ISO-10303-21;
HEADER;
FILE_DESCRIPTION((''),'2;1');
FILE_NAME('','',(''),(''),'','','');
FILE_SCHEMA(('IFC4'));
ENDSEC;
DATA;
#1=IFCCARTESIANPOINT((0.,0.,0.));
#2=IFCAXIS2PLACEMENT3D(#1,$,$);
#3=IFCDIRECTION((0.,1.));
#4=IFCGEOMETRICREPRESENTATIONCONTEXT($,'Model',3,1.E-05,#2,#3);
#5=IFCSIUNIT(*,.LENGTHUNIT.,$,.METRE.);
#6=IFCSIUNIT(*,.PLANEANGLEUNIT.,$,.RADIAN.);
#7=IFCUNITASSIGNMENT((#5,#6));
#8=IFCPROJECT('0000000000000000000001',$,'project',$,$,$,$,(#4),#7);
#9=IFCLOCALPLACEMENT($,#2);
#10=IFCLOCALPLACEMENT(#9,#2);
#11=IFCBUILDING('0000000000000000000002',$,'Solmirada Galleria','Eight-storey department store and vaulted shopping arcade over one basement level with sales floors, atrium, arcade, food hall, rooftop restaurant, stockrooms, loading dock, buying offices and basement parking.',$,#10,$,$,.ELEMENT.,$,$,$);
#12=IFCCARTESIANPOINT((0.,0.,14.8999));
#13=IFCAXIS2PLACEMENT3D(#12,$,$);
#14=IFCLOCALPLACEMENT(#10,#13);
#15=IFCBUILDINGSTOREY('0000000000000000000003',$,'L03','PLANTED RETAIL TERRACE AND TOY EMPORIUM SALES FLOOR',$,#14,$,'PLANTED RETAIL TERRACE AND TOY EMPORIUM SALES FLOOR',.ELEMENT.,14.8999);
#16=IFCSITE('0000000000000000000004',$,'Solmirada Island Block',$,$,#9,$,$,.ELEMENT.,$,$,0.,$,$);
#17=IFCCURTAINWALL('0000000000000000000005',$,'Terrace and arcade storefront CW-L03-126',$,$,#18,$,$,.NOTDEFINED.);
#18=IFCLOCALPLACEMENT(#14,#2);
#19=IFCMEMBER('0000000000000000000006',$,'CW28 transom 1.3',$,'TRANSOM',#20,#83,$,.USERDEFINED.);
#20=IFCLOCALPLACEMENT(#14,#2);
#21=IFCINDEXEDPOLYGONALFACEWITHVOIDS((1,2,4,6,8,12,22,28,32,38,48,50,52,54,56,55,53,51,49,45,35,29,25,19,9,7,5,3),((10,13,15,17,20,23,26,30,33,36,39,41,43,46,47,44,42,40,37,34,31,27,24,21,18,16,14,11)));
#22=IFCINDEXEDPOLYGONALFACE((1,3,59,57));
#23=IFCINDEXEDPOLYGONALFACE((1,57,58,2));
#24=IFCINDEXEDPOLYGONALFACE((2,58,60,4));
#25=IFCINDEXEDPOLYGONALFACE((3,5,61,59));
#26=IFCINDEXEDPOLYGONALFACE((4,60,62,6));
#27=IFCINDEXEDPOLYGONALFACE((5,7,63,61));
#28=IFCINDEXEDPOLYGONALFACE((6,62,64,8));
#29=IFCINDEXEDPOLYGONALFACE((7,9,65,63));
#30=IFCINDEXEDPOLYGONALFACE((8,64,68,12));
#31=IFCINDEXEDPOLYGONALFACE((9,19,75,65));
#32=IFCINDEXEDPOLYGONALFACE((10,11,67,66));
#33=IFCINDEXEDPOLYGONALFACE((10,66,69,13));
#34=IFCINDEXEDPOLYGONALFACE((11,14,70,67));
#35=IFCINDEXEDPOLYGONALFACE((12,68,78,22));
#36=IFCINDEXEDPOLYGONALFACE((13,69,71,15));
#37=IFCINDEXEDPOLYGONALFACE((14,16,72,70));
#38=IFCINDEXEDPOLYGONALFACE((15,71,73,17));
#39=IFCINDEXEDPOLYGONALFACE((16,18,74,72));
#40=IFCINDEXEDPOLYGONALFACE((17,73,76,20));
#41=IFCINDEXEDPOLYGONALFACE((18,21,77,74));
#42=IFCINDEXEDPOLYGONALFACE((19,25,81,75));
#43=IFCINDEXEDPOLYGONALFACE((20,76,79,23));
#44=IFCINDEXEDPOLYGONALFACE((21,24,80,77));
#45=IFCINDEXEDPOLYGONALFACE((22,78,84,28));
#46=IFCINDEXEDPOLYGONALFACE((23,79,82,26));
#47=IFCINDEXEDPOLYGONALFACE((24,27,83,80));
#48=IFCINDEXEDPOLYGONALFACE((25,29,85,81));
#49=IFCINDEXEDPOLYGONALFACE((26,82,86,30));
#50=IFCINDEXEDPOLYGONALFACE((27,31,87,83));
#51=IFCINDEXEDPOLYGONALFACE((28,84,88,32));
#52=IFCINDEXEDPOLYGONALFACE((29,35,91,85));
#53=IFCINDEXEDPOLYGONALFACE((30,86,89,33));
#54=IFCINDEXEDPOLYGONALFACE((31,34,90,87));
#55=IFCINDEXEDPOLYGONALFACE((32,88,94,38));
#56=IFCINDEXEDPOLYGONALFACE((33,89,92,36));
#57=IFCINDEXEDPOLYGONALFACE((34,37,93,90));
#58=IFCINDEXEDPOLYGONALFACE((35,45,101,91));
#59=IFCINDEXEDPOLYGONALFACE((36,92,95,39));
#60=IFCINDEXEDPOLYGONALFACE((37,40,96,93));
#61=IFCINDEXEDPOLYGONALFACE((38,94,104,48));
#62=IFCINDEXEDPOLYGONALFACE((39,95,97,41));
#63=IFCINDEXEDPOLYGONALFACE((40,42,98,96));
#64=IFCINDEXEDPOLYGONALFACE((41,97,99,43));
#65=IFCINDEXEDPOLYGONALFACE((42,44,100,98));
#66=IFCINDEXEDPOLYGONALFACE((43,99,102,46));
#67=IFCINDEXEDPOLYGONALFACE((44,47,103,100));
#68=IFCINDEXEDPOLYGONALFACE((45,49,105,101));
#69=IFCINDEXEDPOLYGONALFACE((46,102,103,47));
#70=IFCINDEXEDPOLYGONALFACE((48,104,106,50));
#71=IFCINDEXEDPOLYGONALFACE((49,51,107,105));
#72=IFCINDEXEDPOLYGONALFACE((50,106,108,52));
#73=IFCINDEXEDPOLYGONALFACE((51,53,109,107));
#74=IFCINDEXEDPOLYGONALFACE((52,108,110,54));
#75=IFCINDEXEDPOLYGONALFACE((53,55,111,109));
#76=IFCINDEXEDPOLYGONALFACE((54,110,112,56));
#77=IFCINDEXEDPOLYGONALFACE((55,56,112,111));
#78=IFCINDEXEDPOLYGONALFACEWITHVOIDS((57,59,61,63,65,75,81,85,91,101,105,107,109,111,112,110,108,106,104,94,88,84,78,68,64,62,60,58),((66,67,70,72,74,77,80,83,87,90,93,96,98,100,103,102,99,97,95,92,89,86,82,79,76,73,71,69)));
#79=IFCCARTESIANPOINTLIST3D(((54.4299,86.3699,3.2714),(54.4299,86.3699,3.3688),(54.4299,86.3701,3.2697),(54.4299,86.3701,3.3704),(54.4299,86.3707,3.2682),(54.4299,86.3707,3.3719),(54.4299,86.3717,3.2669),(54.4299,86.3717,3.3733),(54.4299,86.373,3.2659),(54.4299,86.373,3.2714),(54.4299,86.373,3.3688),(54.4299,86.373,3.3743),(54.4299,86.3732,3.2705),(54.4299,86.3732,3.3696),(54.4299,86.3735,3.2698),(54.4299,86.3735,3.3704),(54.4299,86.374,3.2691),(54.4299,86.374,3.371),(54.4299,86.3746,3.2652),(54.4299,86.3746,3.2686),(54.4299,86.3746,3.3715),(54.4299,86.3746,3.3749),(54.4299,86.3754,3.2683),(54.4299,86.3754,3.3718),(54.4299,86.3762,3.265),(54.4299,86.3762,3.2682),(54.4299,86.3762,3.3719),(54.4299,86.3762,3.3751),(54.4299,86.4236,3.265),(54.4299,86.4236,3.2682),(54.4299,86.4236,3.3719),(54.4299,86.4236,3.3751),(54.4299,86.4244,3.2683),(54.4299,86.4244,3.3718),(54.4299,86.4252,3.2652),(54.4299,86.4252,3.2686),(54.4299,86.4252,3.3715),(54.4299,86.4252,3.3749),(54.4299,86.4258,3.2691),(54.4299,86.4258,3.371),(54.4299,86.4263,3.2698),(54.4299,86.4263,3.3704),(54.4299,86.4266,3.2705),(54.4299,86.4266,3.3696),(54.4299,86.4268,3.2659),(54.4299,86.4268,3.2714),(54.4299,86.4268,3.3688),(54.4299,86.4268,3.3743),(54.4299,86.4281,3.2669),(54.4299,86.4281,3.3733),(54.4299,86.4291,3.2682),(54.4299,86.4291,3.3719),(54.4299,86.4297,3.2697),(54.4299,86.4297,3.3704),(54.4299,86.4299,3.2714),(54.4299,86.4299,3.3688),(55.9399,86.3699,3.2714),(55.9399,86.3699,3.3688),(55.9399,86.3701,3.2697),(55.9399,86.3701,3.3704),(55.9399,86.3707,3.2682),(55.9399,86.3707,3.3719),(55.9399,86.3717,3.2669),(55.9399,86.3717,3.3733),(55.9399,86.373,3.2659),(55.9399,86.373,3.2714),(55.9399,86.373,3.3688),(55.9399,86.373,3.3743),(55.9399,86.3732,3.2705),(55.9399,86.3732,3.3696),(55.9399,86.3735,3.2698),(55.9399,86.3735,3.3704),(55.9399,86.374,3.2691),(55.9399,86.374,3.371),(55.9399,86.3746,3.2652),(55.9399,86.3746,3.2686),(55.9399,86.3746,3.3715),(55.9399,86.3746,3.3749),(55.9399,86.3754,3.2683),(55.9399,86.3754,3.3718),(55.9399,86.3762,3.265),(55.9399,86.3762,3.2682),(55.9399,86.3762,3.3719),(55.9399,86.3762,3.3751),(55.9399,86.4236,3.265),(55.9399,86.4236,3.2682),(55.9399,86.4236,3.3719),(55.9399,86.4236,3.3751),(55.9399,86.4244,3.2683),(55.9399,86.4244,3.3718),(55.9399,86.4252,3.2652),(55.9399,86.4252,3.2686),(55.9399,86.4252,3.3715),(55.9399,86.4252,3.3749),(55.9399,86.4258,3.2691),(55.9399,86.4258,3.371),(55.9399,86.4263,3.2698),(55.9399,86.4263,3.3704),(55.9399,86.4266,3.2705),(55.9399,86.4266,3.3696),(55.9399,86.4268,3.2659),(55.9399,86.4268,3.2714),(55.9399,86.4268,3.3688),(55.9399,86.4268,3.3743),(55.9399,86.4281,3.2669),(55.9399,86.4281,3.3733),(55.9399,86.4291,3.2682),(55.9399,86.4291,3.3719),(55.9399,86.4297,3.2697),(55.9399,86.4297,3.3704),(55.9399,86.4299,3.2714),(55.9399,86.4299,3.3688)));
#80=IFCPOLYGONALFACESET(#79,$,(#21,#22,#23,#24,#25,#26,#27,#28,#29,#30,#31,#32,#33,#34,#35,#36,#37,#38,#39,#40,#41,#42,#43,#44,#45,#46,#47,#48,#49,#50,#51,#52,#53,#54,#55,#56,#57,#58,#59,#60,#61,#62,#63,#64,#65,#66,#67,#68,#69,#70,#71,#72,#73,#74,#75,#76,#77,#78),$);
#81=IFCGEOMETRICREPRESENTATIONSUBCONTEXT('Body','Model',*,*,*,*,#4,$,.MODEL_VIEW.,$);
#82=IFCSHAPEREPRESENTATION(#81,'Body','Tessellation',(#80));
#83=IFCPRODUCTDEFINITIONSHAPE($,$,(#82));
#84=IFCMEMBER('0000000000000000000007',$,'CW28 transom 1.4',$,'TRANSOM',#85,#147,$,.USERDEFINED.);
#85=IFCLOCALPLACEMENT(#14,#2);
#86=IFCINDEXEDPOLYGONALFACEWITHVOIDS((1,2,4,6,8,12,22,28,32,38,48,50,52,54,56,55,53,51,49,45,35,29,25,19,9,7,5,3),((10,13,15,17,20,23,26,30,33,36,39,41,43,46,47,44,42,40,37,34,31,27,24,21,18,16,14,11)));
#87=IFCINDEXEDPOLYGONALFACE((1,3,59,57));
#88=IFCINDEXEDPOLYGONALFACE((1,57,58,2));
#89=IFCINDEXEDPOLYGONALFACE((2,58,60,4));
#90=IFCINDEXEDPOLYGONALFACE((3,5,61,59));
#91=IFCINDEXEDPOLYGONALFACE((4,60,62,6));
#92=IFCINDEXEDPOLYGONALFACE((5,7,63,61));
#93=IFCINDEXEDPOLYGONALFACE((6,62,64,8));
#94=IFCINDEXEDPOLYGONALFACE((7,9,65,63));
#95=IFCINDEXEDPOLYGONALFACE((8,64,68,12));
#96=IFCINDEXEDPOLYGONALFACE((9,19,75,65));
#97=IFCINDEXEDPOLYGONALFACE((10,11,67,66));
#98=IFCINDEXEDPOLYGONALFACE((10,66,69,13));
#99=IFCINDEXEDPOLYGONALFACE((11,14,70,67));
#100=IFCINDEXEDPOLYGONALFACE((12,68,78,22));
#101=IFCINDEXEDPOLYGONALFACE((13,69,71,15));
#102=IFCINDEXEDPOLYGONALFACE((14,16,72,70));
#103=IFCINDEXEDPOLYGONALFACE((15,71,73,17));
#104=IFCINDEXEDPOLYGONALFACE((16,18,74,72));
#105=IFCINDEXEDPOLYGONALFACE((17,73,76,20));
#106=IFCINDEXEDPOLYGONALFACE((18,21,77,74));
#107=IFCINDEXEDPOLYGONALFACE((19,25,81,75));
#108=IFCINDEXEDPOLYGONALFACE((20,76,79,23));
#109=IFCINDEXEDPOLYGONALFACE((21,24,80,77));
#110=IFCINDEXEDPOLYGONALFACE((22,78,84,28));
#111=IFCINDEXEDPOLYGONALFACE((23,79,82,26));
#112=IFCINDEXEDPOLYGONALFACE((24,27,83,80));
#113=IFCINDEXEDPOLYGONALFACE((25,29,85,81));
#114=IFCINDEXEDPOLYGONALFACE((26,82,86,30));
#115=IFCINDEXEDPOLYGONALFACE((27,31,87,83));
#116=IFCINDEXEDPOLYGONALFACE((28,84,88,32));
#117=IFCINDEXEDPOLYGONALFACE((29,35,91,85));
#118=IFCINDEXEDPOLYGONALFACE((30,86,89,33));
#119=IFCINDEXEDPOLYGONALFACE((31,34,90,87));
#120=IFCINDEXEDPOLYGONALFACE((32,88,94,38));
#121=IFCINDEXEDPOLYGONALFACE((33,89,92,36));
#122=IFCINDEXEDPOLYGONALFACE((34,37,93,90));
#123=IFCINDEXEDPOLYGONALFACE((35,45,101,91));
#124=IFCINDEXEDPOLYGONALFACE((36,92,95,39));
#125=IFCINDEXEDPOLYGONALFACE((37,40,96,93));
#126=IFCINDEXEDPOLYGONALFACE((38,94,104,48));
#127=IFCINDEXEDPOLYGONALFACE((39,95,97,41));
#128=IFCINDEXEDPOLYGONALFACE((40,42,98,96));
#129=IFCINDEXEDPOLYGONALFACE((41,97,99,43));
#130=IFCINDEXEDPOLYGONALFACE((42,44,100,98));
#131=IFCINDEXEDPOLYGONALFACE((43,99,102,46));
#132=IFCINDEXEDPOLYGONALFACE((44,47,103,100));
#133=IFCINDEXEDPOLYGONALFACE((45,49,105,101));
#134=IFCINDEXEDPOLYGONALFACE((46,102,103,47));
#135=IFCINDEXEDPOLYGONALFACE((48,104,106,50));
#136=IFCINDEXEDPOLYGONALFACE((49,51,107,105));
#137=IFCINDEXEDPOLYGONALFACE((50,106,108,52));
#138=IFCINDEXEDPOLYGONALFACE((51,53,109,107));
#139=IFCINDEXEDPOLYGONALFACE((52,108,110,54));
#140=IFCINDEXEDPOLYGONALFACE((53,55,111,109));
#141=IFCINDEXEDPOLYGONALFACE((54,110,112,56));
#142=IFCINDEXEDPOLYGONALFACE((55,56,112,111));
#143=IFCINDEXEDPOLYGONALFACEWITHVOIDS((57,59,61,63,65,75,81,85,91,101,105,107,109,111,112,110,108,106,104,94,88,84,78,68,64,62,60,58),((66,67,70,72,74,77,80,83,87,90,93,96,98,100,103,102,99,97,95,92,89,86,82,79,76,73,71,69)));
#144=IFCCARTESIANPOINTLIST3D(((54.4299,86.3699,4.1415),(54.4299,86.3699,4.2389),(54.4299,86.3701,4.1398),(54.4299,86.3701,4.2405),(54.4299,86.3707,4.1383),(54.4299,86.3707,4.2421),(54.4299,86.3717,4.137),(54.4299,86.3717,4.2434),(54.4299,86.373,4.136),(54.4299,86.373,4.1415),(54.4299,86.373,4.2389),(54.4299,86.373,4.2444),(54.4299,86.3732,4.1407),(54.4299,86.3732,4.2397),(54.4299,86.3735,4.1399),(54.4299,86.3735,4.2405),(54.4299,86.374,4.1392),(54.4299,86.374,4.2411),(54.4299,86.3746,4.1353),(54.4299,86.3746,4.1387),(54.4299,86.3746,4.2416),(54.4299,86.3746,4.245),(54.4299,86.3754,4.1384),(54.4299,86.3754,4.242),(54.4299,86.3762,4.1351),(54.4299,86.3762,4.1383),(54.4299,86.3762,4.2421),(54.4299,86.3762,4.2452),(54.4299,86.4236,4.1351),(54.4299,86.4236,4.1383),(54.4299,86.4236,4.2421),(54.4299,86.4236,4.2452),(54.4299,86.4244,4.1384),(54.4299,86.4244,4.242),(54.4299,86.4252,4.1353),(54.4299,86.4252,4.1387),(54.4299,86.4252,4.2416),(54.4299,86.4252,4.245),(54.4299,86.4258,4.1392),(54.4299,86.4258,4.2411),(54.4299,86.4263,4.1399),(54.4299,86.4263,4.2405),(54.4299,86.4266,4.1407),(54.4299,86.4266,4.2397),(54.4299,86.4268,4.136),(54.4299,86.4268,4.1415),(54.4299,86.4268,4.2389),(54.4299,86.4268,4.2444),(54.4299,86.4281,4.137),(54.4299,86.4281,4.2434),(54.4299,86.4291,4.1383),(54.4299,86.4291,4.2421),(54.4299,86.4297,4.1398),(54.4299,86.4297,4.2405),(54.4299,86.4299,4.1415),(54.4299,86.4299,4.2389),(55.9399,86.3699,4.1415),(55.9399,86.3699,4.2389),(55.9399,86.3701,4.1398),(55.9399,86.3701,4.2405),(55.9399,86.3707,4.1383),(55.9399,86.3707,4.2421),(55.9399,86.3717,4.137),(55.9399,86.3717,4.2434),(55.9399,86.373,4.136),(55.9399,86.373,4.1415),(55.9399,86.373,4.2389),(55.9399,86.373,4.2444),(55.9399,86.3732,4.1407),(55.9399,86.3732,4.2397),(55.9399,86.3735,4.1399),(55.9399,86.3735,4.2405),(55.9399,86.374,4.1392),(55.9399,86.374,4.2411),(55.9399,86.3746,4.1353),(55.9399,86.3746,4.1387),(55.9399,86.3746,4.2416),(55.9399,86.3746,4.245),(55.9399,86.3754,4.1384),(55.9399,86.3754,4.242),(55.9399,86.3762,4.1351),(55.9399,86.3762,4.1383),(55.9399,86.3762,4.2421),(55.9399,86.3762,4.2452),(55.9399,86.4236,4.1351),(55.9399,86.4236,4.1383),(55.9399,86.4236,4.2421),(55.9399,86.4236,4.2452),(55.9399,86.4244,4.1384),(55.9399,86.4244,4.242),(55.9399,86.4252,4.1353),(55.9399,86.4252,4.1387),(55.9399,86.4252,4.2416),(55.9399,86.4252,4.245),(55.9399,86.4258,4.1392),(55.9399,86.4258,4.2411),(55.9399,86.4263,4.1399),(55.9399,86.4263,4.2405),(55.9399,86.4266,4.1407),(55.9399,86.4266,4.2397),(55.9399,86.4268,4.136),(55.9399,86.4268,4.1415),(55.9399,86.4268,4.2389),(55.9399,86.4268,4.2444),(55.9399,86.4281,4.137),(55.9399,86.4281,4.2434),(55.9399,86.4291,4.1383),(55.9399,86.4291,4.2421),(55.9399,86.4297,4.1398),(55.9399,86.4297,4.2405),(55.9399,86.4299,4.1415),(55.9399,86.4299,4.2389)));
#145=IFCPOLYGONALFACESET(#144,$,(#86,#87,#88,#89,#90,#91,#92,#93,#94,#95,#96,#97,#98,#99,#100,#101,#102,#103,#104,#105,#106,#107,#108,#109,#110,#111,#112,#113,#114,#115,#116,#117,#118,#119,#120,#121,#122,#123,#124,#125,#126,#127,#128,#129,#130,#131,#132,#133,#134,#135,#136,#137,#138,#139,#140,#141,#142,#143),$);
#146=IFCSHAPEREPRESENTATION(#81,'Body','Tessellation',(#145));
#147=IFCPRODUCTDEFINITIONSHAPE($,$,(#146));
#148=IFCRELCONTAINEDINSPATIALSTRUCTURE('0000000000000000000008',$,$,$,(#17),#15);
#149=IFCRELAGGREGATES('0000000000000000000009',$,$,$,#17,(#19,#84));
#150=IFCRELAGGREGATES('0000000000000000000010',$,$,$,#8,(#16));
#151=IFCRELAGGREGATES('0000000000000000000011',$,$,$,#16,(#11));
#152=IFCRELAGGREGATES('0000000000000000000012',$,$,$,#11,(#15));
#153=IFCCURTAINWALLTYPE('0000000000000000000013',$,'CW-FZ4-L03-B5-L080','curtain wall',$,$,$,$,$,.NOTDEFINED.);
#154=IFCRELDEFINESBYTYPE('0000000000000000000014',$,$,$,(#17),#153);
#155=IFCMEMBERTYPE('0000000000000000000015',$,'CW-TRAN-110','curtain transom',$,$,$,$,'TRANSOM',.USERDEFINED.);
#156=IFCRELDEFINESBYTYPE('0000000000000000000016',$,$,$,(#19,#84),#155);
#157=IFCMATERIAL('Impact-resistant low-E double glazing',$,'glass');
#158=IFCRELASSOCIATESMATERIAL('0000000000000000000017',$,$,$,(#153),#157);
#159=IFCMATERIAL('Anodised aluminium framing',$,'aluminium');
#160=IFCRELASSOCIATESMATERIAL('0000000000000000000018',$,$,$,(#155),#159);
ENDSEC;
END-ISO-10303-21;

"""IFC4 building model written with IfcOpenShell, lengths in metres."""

from ifc_helpers import new_model, si_unit, direction, frame, origin, origin_2d, place, context, subcontext, project, spatial, hollow_rectangle, extrude, material, material_profile, profile_set, type_object, element, aggregate, save


model = new_model("IFC4")

# Units and contexts
model_context = context("Model", 3, precision=1e-05, world=origin(), true_north=direction((0.0, 1.0)))
body_context = subcontext(model_context, "Body", "Model", "MODEL_VIEW")
ifc_project = project(units=[si_unit("LENGTHUNIT", "METRE"), si_unit("PLANEANGLEUNIT", "RADIAN")], contexts=[model_context])

# Site, building, storey
site_placement = place(None, origin())
site = spatial("IfcSite", under=ifc_project, at=site_placement, Name="Solmirada Island Block", CompositionType="ELEMENT", RefElevation=0.0)
building_placement = place(site_placement, origin())
building = spatial("IfcBuilding", under=site, at=building_placement, Name="Solmirada Galleria", Description="Eight-storey department store and vaulted shopping arcade over one basement level with sales floors, atrium, arcade, food hall, rooftop restaurant, stockrooms, loading dock, buying offices and basement parking.", CompositionType="ELEMENT")
storey_placement = place(building_placement, frame((0.0, 0.0, 14.8999)))
storey = spatial("IfcBuildingStorey", under=building, at=storey_placement, Name="L03", Description="PLANTED RETAIL TERRACE AND TOY EMPORIUM SALES FLOOR", LongName="PLANTED RETAIL TERRACE AND TOY EMPORIUM SALES FLOOR", CompositionType="ELEMENT", Elevation=14.8999)

# Curtain wall, members
ifc_material_1 = material(Name="Impact-resistant low-E double glazing", Category="glass")
curtain_wall_type = type_object("IfcCurtainWallType", Name="CW-FZ4-L03-B5-L080", Description="curtain wall", PredefinedType="NOTDEFINED", material=ifc_material_1)
curtain_wall_placement = place(storey_placement, origin())
curtain_wall = element("IfcCurtainWall", 1, at=curtain_wall_placement, inside=storey, type_object=curtain_wall_type, Name="Terrace and arcade storefront CW-L03-126", PredefinedType="NOTDEFINED")
ifc_material_2 = material(Name="Anodised aluminium framing", Category="aluminium")
ifc_material_profile_1 = material_profile(ifc_material_2, hollow_rectangle(XDim=0.0601, YDim=0.1101, WallThickness=0.0032, InnerFilletRadius=0.0032, OuterFilletRadius=0.0063, at=origin_2d()), Name="ALU-TRAN-110X60")
ifc_profile_set_1 = profile_set([ifc_material_profile_1], Name="Anodised aluminium framing")
member_type_1 = type_object("IfcMemberType", Name="CW-TRAN-110", Description="curtain transom", ElementType="TRANSOM", PredefinedType="USERDEFINED", material=ifc_profile_set_1)
member_1_placement = place(storey_placement, frame((55.9399, 86.3999, 3.3201), z_axis=(-1.0, 0.0, 0.0), x_axis=(0.0, -1.0, 0.0)))
member_1 = element("IfcMember", 2, at=member_1_placement, type_object=member_type_1, Name="CW28 transom 1.3", ObjectType="TRANSOM", PredefinedType="USERDEFINED", context=body_context, shape_type="SweptSolid", body=[
    extrude(hollow_rectangle(XDim=0.0601, YDim=0.1101, WallThickness=0.0032, InnerFilletRadius=0.0032, OuterFilletRadius=0.0063, at=origin_2d()), origin(), (0.0, 0.0, 1.0), 1.51),
])
member_2_placement = place(storey_placement, frame((55.9399, 86.3999, 4.1902), z_axis=(-1.0, 0.0, 0.0), x_axis=(0.0, -1.0, 0.0)))
member_2 = element("IfcMember", 3, at=member_2_placement, type_object=member_type_1, Name="CW28 transom 1.4", ObjectType="TRANSOM", PredefinedType="USERDEFINED", context=body_context, shape_type="SweptSolid", body=[
    extrude(hollow_rectangle(XDim=0.0601, YDim=0.1101, WallThickness=0.0032, InnerFilletRadius=0.0032, OuterFilletRadius=0.0063, at=origin_2d()), origin(), (0.0, 0.0, 1.0), 1.51),
])
aggregate(curtain_wall, [member_1, member_2])

save(model, "model.ifc")
